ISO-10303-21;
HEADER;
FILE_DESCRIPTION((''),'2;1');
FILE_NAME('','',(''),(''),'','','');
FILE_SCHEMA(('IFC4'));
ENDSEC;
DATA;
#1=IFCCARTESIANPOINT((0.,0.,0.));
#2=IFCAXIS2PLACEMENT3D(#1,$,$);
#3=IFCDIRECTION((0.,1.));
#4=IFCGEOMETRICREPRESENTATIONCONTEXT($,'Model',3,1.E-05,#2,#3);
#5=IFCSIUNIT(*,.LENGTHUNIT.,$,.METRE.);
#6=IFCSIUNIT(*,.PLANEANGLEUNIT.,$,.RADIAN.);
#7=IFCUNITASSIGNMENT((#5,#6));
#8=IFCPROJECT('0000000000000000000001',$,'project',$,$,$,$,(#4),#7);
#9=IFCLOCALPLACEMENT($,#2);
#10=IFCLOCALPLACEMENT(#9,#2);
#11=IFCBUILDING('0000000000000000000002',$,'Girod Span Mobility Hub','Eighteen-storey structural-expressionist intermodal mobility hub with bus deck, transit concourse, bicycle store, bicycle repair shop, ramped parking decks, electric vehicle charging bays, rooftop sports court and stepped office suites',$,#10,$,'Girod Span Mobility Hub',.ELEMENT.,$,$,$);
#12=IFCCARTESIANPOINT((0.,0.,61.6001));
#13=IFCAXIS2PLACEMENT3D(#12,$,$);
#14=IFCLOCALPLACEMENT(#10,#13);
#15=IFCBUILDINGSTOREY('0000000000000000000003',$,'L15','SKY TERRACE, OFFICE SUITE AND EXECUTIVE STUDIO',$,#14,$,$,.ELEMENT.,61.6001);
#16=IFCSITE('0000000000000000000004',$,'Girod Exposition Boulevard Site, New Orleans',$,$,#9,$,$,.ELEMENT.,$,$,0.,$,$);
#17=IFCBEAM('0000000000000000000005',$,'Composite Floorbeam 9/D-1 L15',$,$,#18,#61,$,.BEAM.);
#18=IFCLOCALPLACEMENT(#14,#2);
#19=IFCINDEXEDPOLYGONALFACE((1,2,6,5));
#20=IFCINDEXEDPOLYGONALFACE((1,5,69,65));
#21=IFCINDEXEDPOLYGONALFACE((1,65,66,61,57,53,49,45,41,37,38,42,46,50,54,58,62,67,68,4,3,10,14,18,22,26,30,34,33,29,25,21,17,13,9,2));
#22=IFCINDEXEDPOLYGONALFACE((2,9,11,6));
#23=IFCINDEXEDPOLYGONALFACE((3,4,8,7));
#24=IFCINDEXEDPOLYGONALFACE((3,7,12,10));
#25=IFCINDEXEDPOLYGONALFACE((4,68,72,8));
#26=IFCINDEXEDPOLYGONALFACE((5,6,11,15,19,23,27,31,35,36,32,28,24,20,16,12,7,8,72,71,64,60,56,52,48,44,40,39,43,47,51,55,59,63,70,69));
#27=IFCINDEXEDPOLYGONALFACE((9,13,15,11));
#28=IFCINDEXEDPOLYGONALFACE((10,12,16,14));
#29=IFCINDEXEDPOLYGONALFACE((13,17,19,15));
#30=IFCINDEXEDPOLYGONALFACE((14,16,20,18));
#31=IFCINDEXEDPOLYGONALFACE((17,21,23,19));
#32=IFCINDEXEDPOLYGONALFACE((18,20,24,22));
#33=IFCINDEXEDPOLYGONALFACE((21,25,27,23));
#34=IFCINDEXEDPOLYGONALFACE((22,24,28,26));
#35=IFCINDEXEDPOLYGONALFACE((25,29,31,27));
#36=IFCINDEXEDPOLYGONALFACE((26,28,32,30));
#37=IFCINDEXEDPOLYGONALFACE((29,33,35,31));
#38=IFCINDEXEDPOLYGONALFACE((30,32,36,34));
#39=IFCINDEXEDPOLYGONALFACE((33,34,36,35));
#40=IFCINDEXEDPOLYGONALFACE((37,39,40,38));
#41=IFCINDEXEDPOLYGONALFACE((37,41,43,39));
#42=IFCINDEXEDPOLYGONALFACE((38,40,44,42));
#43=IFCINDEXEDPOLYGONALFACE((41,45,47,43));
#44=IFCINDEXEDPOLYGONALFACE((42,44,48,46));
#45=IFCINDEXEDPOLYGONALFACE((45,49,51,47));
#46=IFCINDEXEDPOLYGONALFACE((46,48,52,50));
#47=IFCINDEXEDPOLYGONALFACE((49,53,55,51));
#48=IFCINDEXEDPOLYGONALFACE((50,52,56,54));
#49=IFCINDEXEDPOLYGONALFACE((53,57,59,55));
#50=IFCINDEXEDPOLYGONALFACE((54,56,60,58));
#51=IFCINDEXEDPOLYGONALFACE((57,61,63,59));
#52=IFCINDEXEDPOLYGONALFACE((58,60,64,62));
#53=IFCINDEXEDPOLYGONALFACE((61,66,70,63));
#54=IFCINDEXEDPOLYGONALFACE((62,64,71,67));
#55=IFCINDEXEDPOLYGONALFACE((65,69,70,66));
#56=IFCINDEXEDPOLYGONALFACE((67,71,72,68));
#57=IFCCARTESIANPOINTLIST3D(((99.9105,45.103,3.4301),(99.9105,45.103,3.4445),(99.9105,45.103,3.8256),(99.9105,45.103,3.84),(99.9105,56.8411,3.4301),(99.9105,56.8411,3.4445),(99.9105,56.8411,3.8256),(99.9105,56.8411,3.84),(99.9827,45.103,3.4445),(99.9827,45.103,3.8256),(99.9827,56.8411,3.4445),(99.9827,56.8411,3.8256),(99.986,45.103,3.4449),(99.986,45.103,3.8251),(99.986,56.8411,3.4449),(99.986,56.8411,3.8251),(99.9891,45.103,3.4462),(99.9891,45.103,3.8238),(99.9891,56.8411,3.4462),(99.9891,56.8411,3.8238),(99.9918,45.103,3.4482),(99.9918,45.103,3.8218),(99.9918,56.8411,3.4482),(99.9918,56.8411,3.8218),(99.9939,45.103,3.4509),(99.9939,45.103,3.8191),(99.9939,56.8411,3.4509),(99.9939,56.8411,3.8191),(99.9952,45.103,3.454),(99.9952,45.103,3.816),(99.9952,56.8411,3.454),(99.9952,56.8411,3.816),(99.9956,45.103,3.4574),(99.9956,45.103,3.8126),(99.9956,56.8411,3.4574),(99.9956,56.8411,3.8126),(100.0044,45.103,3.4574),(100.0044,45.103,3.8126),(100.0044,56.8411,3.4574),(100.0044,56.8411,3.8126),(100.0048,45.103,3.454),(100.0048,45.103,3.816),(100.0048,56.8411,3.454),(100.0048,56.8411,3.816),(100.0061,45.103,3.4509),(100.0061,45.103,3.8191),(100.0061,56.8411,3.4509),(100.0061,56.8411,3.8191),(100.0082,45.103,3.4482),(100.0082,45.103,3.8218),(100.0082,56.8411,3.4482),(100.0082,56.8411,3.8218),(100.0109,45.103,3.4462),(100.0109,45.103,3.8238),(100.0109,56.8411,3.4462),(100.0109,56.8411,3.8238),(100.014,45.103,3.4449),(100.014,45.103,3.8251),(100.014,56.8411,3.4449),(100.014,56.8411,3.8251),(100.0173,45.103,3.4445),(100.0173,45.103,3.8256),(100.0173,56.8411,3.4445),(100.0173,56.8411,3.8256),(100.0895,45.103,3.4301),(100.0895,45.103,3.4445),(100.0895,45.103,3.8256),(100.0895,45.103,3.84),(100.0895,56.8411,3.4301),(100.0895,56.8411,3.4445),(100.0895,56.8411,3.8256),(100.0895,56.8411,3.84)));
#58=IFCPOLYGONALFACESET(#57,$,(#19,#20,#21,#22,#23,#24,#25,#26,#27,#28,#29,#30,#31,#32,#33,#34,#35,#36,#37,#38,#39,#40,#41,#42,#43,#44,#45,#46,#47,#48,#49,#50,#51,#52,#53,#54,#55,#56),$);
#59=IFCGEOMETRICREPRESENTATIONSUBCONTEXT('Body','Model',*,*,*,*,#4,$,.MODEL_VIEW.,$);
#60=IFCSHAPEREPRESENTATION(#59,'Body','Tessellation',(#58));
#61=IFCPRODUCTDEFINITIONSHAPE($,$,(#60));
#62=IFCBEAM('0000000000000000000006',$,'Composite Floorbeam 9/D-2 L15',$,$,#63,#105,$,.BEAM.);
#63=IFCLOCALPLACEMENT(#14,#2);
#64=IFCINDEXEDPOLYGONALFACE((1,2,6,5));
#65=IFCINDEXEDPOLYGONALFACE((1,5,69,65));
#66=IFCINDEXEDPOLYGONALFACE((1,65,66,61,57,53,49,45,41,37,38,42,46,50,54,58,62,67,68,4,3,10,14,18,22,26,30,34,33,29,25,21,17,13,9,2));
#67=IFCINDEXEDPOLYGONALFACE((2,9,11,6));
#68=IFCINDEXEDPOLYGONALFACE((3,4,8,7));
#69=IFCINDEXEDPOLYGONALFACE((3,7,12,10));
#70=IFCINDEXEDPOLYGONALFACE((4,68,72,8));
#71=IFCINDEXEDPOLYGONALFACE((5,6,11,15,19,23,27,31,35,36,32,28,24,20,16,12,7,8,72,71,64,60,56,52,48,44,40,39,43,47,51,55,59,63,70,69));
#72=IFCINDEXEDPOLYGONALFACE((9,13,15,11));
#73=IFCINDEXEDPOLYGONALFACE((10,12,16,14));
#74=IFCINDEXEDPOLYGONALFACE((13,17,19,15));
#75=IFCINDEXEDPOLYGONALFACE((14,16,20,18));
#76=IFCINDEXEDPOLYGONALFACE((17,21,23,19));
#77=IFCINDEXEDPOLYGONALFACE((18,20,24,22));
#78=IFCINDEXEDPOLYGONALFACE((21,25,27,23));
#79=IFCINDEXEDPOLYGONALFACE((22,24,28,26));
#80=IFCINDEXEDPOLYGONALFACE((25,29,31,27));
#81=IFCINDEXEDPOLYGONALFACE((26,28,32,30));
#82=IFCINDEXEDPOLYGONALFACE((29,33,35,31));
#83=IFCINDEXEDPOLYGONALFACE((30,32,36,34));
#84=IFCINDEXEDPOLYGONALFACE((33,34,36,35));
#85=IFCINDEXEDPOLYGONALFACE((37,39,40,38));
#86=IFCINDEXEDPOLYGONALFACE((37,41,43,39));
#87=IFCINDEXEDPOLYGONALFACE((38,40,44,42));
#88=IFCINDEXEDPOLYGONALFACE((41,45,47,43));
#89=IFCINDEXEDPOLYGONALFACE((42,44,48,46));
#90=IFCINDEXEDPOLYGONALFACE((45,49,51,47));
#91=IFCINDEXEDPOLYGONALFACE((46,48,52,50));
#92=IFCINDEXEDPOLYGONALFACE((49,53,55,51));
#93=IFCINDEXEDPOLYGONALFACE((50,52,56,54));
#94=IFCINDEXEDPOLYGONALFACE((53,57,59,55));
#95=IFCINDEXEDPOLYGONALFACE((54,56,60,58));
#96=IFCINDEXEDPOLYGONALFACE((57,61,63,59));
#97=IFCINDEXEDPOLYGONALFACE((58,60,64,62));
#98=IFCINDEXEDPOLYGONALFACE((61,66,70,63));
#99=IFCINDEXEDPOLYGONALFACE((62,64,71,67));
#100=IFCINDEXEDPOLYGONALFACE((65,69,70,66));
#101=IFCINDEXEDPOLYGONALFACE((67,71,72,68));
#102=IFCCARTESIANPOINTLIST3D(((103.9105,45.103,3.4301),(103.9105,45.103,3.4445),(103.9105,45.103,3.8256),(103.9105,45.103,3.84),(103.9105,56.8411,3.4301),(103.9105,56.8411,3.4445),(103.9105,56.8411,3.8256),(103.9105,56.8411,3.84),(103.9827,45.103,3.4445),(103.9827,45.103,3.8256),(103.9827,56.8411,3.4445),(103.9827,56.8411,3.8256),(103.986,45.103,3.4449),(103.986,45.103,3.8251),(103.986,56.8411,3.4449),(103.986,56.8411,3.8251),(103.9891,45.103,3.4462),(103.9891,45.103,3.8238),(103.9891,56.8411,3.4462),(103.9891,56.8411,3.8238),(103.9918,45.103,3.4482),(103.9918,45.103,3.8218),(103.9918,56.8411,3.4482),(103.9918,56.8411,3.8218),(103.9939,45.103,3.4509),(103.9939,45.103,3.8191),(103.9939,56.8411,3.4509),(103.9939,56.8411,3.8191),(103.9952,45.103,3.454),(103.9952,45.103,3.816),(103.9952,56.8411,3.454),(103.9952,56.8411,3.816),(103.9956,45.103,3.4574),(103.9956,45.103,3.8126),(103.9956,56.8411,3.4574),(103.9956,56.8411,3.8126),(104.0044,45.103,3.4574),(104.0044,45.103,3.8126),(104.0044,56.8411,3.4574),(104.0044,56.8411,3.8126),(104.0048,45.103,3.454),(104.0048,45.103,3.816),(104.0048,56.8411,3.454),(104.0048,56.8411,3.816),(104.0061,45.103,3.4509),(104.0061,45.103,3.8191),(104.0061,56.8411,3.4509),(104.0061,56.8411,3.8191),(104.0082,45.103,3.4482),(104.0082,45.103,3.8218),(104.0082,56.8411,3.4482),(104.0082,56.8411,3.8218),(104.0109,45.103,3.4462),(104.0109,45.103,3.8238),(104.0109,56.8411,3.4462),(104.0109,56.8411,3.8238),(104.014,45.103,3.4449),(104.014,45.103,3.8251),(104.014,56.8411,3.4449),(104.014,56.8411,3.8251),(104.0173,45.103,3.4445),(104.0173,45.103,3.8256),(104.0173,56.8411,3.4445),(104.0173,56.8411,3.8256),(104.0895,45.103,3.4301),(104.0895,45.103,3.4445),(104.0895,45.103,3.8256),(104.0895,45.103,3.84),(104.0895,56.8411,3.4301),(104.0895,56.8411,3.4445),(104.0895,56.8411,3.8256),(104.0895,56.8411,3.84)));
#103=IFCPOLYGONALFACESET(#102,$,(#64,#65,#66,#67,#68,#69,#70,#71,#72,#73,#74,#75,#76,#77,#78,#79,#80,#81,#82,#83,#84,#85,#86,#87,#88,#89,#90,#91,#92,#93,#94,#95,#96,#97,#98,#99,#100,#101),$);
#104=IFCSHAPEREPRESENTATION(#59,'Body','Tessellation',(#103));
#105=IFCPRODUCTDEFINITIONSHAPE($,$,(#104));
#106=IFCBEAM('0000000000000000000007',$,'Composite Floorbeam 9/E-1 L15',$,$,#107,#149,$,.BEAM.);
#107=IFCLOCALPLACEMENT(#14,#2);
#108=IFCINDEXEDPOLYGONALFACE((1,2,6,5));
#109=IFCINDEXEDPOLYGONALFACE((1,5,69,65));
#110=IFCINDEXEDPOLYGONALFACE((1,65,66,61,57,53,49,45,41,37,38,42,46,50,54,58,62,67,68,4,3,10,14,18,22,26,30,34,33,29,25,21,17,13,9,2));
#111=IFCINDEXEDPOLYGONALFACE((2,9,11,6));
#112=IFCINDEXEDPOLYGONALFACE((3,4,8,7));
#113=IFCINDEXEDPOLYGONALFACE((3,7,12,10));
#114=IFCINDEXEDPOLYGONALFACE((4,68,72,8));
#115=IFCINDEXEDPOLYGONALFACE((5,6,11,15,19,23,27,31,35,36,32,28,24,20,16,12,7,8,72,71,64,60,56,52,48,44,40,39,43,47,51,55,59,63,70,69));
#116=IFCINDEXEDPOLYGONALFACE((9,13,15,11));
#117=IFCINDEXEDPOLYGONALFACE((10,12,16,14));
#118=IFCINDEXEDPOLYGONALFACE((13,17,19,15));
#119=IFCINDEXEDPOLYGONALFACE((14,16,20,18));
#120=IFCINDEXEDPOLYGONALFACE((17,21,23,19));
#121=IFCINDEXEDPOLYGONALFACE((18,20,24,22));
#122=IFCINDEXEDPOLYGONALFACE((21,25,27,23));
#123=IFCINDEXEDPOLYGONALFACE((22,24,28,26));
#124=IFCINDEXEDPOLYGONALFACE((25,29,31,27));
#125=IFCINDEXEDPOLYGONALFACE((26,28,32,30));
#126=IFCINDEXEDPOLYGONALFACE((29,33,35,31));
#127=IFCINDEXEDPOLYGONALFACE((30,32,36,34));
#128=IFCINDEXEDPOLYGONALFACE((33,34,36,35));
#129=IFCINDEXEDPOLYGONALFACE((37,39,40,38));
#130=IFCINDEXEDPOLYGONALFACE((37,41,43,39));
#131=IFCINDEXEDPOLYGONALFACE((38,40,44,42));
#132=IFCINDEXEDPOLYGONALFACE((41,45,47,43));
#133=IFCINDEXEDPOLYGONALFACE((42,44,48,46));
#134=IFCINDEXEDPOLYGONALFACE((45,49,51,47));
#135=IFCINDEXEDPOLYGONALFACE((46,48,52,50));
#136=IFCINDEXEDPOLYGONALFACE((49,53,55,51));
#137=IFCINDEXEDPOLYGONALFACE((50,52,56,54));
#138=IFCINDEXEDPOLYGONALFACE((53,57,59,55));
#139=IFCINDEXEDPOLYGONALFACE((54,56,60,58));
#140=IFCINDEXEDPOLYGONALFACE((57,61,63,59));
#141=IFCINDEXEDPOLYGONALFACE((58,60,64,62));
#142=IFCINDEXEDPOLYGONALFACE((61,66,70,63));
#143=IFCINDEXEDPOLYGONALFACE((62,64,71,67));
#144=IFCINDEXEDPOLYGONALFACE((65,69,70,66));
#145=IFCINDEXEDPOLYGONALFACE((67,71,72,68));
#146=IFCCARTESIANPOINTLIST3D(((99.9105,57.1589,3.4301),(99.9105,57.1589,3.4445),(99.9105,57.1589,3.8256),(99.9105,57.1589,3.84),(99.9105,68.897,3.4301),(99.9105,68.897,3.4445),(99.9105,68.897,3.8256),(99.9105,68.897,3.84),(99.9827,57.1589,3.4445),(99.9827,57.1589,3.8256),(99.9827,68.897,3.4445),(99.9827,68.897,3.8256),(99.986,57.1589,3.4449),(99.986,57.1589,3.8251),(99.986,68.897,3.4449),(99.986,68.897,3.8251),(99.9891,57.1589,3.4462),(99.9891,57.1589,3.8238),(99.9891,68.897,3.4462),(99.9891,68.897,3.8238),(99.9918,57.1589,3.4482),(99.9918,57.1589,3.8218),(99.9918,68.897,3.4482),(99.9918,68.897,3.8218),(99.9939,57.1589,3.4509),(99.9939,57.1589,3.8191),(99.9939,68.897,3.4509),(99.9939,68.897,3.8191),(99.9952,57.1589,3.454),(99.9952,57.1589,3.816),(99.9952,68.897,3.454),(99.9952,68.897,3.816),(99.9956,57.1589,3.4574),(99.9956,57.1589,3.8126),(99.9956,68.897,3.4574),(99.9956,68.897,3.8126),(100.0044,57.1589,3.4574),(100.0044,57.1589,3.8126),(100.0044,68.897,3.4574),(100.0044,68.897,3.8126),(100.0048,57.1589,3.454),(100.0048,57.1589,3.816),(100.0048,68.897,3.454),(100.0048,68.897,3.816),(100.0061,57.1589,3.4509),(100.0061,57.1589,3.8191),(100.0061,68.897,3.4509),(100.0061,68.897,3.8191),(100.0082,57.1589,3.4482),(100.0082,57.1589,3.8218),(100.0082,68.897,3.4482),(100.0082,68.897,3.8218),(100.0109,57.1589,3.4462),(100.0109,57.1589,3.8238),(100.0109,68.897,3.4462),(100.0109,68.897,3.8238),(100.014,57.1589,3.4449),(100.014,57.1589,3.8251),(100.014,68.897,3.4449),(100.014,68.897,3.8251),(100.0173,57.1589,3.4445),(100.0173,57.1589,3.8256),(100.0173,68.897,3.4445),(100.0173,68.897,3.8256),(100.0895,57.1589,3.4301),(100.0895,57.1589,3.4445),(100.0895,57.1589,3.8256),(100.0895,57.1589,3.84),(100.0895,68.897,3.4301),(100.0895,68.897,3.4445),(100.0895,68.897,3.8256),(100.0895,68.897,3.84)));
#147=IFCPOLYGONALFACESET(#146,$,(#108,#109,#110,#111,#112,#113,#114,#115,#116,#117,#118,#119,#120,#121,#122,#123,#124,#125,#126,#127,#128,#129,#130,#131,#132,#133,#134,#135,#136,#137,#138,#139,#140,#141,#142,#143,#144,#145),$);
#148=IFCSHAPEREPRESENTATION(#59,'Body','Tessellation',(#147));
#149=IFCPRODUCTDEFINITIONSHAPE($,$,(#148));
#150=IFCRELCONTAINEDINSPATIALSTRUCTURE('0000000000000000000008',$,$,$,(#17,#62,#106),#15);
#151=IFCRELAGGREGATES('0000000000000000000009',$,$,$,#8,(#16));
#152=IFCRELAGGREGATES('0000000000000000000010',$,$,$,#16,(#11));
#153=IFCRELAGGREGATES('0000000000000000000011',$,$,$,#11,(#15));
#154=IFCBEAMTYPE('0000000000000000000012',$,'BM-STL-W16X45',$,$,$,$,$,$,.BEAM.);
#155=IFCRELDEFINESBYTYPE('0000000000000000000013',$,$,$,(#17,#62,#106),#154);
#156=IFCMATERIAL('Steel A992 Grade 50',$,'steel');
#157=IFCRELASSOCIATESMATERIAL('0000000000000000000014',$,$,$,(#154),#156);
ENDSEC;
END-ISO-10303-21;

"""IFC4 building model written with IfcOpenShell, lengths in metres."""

from ifc_helpers import new_model, si_unit, direction, frame, origin, origin_2d, place, context, subcontext, project, spatial, i_section, extrude, material, material_profile, profile_set, type_object, element, save


model = new_model("IFC4")

# Units and contexts
model_context = context("Model", 3, precision=1e-05, world=origin(), true_north=direction((0.0, 1.0)))
body_context = subcontext(model_context, "Body", "Model", "MODEL_VIEW")
ifc_project = project(units=[si_unit("LENGTHUNIT", "METRE"), si_unit("PLANEANGLEUNIT", "RADIAN")], contexts=[model_context])

# Site, building, storey
site_placement = place(None, origin())
site = spatial("IfcSite", under=ifc_project, at=site_placement, Name="Girod Exposition Boulevard Site, New Orleans", CompositionType="ELEMENT", RefElevation=0.0)
building_placement = place(site_placement, origin())
building = spatial("IfcBuilding", under=site, at=building_placement, Name="Girod Span Mobility Hub", Description="Eighteen-storey structural-expressionist intermodal mobility hub with bus deck, transit concourse, bicycle store, bicycle repair shop, ramped parking decks, electric vehicle charging bays, rooftop sports court and stepped office suites", LongName="Girod Span Mobility Hub", CompositionType="ELEMENT")
storey_placement = place(building_placement, frame((0.0, 0.0, 61.6001)))
storey = spatial("IfcBuildingStorey", under=building, at=storey_placement, Name="L15", Description="SKY TERRACE, OFFICE SUITE AND EXECUTIVE STUDIO", CompositionType="ELEMENT", Elevation=61.6001)

# Beams
ifc_material_1 = material(Name="Steel A992 Grade 50", Category="steel")
ifc_material_profile_1 = material_profile(ifc_material_1, i_section(OverallWidth=0.179, OverallDepth=0.4099, WebThickness=0.0088, FlangeThickness=0.0144, FilletRadius=0.0129, at=origin_2d()), Name="W16X45")
ifc_profile_set_1 = profile_set([ifc_material_profile_1], Name="Steel A992 Grade 50")
beam_type = type_object("IfcBeamType", Name="BM-STL-W16X45", PredefinedType="BEAM", material=ifc_profile_set_1)
for number, where, z_axis, x_axis, name in (
    (1, (100.0, 45.103, 3.635), (0.0, 1.0, 0.0), (-1.0, 0.0, 0.0), "Composite Floorbeam 9/D-1 L15"),
    (2, (104.0, 45.103, 3.635), (0.0, 1.0, 0.0), (-1.0, 0.0, 0.0), "Composite Floorbeam 9/D-2 L15"),
    (3, (100.0, 57.1589, 3.635), (0.0, 1.0, 0.0), (-1.0, 0.0, 0.0), "Composite Floorbeam 9/E-1 L15"),
):
    element("IfcBeam", number, at=place(storey_placement, frame(where, z_axis=z_axis, x_axis=x_axis)), inside=storey, type_object=beam_type, Name=name, PredefinedType="BEAM", context=body_context, shape_type="SweptSolid", body=[
        extrude(i_section(OverallWidth=0.179, OverallDepth=0.4099, WebThickness=0.0088, FlangeThickness=0.0144, FilletRadius=0.0129, at=origin_2d()), origin(), (0.0, 0.0, 1.0), 11.738),
    ])

save(model, "model.ifc")
